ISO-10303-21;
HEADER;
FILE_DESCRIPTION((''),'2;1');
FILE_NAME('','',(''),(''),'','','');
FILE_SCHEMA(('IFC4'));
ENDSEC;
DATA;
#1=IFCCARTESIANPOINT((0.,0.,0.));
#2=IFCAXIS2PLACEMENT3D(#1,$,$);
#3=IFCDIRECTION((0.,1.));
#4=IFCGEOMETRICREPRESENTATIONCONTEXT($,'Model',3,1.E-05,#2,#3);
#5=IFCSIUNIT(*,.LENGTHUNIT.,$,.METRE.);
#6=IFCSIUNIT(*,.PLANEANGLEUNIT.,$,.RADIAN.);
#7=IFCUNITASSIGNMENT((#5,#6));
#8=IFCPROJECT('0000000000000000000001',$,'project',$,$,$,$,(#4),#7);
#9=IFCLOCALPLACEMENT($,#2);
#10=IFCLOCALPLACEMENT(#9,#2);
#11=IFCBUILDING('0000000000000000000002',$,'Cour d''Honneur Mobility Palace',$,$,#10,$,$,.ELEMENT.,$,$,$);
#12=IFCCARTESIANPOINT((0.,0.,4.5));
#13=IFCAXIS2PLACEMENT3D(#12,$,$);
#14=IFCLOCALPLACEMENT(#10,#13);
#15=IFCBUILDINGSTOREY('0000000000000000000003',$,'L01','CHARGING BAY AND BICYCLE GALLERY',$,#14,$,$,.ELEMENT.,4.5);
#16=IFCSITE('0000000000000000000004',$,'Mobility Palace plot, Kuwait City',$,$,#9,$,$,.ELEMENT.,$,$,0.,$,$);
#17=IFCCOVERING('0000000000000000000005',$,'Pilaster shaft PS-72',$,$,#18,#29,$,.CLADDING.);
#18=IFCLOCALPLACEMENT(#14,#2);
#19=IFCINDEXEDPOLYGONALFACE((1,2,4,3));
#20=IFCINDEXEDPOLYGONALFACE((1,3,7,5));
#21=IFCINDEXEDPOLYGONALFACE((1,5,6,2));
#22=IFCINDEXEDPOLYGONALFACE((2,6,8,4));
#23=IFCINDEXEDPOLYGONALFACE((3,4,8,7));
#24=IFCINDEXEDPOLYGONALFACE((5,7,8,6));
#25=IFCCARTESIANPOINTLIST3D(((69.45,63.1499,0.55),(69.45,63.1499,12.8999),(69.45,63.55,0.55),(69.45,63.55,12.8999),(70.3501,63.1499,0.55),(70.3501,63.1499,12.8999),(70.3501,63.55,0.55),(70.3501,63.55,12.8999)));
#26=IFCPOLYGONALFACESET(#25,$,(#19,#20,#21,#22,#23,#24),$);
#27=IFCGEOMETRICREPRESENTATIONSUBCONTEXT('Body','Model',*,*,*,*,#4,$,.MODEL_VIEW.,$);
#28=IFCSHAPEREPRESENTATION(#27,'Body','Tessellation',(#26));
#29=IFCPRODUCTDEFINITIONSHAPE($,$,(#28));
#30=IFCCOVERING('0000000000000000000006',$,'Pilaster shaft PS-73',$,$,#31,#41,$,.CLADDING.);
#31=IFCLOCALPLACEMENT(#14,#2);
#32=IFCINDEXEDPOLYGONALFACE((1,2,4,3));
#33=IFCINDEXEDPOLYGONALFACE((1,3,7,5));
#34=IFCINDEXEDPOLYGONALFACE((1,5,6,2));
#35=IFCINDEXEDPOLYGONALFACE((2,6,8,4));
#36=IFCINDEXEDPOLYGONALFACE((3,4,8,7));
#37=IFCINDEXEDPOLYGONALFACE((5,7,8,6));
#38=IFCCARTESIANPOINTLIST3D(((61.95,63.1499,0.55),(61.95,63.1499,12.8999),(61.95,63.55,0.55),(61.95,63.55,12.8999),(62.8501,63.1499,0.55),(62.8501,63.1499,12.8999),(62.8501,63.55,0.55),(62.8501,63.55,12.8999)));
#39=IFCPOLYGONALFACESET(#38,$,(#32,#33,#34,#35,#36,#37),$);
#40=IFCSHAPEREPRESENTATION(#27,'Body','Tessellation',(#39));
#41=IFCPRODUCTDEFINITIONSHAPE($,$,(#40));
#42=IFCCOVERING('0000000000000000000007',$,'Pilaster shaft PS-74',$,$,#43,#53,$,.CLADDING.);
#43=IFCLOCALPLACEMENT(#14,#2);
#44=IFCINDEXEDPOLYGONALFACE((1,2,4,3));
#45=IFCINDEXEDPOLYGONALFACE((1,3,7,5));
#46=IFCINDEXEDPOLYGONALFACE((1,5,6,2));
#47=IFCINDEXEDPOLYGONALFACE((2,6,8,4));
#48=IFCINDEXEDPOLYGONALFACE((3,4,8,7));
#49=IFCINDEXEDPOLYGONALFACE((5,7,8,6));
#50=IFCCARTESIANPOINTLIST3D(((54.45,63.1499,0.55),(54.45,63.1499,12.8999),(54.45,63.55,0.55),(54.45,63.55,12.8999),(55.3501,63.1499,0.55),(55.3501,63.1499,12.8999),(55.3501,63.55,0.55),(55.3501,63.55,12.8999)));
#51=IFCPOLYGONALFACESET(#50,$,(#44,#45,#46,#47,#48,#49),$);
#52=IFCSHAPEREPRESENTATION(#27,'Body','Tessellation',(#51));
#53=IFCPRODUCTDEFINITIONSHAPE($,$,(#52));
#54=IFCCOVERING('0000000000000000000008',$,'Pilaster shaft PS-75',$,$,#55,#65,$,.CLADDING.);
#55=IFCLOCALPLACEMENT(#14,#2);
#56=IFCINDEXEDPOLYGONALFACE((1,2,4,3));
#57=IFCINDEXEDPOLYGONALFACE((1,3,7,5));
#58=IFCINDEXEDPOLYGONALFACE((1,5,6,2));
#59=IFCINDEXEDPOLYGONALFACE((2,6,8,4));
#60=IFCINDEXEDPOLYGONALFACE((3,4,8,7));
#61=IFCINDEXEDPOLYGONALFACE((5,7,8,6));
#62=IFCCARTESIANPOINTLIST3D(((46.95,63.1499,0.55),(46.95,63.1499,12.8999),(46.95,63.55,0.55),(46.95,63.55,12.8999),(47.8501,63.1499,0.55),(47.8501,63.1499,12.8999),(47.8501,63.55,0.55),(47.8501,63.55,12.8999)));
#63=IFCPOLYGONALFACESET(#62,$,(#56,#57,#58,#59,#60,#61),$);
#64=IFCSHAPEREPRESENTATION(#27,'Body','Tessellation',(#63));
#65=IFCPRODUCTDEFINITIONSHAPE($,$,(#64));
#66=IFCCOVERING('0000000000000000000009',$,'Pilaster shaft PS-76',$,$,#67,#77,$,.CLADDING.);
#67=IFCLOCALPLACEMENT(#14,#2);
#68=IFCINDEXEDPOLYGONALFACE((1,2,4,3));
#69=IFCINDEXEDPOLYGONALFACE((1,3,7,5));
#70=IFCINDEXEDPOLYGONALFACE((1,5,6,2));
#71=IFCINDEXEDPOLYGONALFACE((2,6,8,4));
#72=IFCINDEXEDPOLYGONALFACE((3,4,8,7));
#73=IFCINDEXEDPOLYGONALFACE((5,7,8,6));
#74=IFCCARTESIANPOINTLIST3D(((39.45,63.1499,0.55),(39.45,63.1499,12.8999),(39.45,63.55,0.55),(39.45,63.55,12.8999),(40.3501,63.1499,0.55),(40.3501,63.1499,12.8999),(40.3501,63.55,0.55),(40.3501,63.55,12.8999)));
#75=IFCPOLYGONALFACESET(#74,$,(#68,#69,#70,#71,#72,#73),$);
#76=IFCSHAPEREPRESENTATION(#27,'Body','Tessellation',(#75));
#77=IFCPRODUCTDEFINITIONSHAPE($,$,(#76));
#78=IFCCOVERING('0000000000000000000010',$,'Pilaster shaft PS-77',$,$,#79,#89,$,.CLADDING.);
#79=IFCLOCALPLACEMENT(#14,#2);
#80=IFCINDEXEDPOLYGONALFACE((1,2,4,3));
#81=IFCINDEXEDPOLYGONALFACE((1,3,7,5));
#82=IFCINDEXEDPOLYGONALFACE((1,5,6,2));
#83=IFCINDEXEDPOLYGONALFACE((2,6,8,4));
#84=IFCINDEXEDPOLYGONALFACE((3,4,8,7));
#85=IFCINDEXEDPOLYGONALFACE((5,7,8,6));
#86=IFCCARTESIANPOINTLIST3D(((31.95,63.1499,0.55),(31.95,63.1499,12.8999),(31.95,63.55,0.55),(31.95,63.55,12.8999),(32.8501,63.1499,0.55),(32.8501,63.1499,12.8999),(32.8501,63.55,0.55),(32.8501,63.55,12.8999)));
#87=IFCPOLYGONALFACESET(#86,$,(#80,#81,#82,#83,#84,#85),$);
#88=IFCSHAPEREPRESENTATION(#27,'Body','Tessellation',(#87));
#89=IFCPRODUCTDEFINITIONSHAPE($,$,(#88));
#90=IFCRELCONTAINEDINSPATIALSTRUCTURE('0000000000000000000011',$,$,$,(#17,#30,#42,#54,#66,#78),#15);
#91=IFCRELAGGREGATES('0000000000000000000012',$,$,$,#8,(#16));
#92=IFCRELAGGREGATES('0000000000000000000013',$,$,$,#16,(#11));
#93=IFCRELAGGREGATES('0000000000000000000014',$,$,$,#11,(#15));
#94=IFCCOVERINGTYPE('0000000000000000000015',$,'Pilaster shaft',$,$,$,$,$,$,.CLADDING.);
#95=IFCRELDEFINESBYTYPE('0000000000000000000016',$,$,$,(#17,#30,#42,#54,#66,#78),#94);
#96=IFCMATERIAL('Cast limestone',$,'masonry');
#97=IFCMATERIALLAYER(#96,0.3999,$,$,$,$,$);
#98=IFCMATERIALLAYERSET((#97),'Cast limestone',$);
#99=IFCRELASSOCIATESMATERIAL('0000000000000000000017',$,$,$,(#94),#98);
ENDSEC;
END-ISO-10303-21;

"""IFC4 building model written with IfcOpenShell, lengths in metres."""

from ifc_helpers import new_model, si_unit, direction, frame, origin, place, context, subcontext, project, spatial, polyline, outline, extrude, material, layer, layer_set, type_object, element, save


model = new_model("IFC4")

# Units and contexts
model_context = context("Model", 3, precision=1e-05, world=origin(), true_north=direction((0.0, 1.0)))
body_context = subcontext(model_context, "Body", "Model", "MODEL_VIEW")
ifc_project = project(units=[si_unit("LENGTHUNIT", "METRE"), si_unit("PLANEANGLEUNIT", "RADIAN")], contexts=[model_context])

# Site, building, storey
site_placement = place(None, origin())
site = spatial("IfcSite", under=ifc_project, at=site_placement, Name="Mobility Palace plot, Kuwait City", CompositionType="ELEMENT", RefElevation=0.0)
building_placement = place(site_placement, origin())
building = spatial("IfcBuilding", under=site, at=building_placement, Name="Cour d'Honneur Mobility Palace", CompositionType="ELEMENT")
storey_placement = place(building_placement, frame((0.0, 0.0, 4.5)))
storey = spatial("IfcBuildingStorey", under=building, at=storey_placement, Name="L01", Description="CHARGING BAY AND BICYCLE GALLERY", CompositionType="ELEMENT", Elevation=4.5)

# Coverings
ifc_material = material(Name="Cast limestone", Category="masonry")
ifc_layer = layer(ifc_material, 0.3999)
ifc_layer_set = layer_set([ifc_layer], Name="Cast limestone")
covering_type = type_object("IfcCoveringType", Name="Pilaster shaft", PredefinedType="CLADDING", material=ifc_layer_set)
covering_1_placement = place(storey_placement, frame((0.0, 0.0, 0.55)))
element("IfcCovering", 1, at=covering_1_placement, inside=storey, type_object=covering_type, Name="Pilaster shaft PS-72", PredefinedType="CLADDING", context=body_context, shape_type="SweptSolid", body=[
    extrude(outline(polyline([(70.3501, 63.1499), (69.45, 63.1499), (69.45, 63.55), (70.3501, 63.55), (70.3501, 63.1499)])), origin(), (0.0, 0.0, 1.0), 12.3499),
])
covering_2_placement = place(storey_placement, frame((0.0, 0.0, 0.55)))
element("IfcCovering", 2, at=covering_2_placement, inside=storey, type_object=covering_type, Name="Pilaster shaft PS-73", PredefinedType="CLADDING", context=body_context, shape_type="SweptSolid", body=[
    extrude(outline(polyline([(62.8501, 63.1499), (61.95, 63.1499), (61.95, 63.55), (62.8501, 63.55), (62.8501, 63.1499)])), origin(), (0.0, 0.0, 1.0), 12.3499),
])
covering_3_placement = place(storey_placement, frame((0.0, 0.0, 0.55)))
element("IfcCovering", 3, at=covering_3_placement, inside=storey, type_object=covering_type, Name="Pilaster shaft PS-74", PredefinedType="CLADDING", context=body_context, shape_type="SweptSolid", body=[
    extrude(outline(polyline([(55.3501, 63.1499), (54.45, 63.1499), (54.45, 63.55), (55.3501, 63.55), (55.3501, 63.1499)])), origin(), (0.0, 0.0, 1.0), 12.3499),
])
covering_4_placement = place(storey_placement, frame((0.0, 0.0, 0.55)))
element("IfcCovering", 4, at=covering_4_placement, inside=storey, type_object=covering_type, Name="Pilaster shaft PS-75", PredefinedType="CLADDING", context=body_context, shape_type="SweptSolid", body=[
    extrude(outline(polyline([(47.8501, 63.1499), (46.95, 63.1499), (46.95, 63.55), (47.8501, 63.55), (47.8501, 63.1499)])), origin(), (0.0, 0.0, 1.0), 12.3499),
])
covering_5_placement = place(storey_placement, frame((0.0, 0.0, 0.55)))
element("IfcCovering", 5, at=covering_5_placement, inside=storey, type_object=covering_type, Name="Pilaster shaft PS-76", PredefinedType="CLADDING", context=body_context, shape_type="SweptSolid", body=[
    extrude(outline(polyline([(40.3501, 63.1499), (39.45, 63.1499), (39.45, 63.55), (40.3501, 63.55), (40.3501, 63.1499)])), origin(), (0.0, 0.0, 1.0), 12.3499),
])
covering_6_placement = place(storey_placement, frame((0.0, 0.0, 0.55)))
element("IfcCovering", 6, at=covering_6_placement, inside=storey, type_object=covering_type, Name="Pilaster shaft PS-77", PredefinedType="CLADDING", context=body_context, shape_type="SweptSolid", body=[
    extrude(outline(polyline([(32.8501, 63.1499), (31.95, 63.1499), (31.95, 63.55), (32.8501, 63.55), (32.8501, 63.1499)])), origin(), (0.0, 0.0, 1.0), 12.3499),
])

save(model, "model.ifc")
